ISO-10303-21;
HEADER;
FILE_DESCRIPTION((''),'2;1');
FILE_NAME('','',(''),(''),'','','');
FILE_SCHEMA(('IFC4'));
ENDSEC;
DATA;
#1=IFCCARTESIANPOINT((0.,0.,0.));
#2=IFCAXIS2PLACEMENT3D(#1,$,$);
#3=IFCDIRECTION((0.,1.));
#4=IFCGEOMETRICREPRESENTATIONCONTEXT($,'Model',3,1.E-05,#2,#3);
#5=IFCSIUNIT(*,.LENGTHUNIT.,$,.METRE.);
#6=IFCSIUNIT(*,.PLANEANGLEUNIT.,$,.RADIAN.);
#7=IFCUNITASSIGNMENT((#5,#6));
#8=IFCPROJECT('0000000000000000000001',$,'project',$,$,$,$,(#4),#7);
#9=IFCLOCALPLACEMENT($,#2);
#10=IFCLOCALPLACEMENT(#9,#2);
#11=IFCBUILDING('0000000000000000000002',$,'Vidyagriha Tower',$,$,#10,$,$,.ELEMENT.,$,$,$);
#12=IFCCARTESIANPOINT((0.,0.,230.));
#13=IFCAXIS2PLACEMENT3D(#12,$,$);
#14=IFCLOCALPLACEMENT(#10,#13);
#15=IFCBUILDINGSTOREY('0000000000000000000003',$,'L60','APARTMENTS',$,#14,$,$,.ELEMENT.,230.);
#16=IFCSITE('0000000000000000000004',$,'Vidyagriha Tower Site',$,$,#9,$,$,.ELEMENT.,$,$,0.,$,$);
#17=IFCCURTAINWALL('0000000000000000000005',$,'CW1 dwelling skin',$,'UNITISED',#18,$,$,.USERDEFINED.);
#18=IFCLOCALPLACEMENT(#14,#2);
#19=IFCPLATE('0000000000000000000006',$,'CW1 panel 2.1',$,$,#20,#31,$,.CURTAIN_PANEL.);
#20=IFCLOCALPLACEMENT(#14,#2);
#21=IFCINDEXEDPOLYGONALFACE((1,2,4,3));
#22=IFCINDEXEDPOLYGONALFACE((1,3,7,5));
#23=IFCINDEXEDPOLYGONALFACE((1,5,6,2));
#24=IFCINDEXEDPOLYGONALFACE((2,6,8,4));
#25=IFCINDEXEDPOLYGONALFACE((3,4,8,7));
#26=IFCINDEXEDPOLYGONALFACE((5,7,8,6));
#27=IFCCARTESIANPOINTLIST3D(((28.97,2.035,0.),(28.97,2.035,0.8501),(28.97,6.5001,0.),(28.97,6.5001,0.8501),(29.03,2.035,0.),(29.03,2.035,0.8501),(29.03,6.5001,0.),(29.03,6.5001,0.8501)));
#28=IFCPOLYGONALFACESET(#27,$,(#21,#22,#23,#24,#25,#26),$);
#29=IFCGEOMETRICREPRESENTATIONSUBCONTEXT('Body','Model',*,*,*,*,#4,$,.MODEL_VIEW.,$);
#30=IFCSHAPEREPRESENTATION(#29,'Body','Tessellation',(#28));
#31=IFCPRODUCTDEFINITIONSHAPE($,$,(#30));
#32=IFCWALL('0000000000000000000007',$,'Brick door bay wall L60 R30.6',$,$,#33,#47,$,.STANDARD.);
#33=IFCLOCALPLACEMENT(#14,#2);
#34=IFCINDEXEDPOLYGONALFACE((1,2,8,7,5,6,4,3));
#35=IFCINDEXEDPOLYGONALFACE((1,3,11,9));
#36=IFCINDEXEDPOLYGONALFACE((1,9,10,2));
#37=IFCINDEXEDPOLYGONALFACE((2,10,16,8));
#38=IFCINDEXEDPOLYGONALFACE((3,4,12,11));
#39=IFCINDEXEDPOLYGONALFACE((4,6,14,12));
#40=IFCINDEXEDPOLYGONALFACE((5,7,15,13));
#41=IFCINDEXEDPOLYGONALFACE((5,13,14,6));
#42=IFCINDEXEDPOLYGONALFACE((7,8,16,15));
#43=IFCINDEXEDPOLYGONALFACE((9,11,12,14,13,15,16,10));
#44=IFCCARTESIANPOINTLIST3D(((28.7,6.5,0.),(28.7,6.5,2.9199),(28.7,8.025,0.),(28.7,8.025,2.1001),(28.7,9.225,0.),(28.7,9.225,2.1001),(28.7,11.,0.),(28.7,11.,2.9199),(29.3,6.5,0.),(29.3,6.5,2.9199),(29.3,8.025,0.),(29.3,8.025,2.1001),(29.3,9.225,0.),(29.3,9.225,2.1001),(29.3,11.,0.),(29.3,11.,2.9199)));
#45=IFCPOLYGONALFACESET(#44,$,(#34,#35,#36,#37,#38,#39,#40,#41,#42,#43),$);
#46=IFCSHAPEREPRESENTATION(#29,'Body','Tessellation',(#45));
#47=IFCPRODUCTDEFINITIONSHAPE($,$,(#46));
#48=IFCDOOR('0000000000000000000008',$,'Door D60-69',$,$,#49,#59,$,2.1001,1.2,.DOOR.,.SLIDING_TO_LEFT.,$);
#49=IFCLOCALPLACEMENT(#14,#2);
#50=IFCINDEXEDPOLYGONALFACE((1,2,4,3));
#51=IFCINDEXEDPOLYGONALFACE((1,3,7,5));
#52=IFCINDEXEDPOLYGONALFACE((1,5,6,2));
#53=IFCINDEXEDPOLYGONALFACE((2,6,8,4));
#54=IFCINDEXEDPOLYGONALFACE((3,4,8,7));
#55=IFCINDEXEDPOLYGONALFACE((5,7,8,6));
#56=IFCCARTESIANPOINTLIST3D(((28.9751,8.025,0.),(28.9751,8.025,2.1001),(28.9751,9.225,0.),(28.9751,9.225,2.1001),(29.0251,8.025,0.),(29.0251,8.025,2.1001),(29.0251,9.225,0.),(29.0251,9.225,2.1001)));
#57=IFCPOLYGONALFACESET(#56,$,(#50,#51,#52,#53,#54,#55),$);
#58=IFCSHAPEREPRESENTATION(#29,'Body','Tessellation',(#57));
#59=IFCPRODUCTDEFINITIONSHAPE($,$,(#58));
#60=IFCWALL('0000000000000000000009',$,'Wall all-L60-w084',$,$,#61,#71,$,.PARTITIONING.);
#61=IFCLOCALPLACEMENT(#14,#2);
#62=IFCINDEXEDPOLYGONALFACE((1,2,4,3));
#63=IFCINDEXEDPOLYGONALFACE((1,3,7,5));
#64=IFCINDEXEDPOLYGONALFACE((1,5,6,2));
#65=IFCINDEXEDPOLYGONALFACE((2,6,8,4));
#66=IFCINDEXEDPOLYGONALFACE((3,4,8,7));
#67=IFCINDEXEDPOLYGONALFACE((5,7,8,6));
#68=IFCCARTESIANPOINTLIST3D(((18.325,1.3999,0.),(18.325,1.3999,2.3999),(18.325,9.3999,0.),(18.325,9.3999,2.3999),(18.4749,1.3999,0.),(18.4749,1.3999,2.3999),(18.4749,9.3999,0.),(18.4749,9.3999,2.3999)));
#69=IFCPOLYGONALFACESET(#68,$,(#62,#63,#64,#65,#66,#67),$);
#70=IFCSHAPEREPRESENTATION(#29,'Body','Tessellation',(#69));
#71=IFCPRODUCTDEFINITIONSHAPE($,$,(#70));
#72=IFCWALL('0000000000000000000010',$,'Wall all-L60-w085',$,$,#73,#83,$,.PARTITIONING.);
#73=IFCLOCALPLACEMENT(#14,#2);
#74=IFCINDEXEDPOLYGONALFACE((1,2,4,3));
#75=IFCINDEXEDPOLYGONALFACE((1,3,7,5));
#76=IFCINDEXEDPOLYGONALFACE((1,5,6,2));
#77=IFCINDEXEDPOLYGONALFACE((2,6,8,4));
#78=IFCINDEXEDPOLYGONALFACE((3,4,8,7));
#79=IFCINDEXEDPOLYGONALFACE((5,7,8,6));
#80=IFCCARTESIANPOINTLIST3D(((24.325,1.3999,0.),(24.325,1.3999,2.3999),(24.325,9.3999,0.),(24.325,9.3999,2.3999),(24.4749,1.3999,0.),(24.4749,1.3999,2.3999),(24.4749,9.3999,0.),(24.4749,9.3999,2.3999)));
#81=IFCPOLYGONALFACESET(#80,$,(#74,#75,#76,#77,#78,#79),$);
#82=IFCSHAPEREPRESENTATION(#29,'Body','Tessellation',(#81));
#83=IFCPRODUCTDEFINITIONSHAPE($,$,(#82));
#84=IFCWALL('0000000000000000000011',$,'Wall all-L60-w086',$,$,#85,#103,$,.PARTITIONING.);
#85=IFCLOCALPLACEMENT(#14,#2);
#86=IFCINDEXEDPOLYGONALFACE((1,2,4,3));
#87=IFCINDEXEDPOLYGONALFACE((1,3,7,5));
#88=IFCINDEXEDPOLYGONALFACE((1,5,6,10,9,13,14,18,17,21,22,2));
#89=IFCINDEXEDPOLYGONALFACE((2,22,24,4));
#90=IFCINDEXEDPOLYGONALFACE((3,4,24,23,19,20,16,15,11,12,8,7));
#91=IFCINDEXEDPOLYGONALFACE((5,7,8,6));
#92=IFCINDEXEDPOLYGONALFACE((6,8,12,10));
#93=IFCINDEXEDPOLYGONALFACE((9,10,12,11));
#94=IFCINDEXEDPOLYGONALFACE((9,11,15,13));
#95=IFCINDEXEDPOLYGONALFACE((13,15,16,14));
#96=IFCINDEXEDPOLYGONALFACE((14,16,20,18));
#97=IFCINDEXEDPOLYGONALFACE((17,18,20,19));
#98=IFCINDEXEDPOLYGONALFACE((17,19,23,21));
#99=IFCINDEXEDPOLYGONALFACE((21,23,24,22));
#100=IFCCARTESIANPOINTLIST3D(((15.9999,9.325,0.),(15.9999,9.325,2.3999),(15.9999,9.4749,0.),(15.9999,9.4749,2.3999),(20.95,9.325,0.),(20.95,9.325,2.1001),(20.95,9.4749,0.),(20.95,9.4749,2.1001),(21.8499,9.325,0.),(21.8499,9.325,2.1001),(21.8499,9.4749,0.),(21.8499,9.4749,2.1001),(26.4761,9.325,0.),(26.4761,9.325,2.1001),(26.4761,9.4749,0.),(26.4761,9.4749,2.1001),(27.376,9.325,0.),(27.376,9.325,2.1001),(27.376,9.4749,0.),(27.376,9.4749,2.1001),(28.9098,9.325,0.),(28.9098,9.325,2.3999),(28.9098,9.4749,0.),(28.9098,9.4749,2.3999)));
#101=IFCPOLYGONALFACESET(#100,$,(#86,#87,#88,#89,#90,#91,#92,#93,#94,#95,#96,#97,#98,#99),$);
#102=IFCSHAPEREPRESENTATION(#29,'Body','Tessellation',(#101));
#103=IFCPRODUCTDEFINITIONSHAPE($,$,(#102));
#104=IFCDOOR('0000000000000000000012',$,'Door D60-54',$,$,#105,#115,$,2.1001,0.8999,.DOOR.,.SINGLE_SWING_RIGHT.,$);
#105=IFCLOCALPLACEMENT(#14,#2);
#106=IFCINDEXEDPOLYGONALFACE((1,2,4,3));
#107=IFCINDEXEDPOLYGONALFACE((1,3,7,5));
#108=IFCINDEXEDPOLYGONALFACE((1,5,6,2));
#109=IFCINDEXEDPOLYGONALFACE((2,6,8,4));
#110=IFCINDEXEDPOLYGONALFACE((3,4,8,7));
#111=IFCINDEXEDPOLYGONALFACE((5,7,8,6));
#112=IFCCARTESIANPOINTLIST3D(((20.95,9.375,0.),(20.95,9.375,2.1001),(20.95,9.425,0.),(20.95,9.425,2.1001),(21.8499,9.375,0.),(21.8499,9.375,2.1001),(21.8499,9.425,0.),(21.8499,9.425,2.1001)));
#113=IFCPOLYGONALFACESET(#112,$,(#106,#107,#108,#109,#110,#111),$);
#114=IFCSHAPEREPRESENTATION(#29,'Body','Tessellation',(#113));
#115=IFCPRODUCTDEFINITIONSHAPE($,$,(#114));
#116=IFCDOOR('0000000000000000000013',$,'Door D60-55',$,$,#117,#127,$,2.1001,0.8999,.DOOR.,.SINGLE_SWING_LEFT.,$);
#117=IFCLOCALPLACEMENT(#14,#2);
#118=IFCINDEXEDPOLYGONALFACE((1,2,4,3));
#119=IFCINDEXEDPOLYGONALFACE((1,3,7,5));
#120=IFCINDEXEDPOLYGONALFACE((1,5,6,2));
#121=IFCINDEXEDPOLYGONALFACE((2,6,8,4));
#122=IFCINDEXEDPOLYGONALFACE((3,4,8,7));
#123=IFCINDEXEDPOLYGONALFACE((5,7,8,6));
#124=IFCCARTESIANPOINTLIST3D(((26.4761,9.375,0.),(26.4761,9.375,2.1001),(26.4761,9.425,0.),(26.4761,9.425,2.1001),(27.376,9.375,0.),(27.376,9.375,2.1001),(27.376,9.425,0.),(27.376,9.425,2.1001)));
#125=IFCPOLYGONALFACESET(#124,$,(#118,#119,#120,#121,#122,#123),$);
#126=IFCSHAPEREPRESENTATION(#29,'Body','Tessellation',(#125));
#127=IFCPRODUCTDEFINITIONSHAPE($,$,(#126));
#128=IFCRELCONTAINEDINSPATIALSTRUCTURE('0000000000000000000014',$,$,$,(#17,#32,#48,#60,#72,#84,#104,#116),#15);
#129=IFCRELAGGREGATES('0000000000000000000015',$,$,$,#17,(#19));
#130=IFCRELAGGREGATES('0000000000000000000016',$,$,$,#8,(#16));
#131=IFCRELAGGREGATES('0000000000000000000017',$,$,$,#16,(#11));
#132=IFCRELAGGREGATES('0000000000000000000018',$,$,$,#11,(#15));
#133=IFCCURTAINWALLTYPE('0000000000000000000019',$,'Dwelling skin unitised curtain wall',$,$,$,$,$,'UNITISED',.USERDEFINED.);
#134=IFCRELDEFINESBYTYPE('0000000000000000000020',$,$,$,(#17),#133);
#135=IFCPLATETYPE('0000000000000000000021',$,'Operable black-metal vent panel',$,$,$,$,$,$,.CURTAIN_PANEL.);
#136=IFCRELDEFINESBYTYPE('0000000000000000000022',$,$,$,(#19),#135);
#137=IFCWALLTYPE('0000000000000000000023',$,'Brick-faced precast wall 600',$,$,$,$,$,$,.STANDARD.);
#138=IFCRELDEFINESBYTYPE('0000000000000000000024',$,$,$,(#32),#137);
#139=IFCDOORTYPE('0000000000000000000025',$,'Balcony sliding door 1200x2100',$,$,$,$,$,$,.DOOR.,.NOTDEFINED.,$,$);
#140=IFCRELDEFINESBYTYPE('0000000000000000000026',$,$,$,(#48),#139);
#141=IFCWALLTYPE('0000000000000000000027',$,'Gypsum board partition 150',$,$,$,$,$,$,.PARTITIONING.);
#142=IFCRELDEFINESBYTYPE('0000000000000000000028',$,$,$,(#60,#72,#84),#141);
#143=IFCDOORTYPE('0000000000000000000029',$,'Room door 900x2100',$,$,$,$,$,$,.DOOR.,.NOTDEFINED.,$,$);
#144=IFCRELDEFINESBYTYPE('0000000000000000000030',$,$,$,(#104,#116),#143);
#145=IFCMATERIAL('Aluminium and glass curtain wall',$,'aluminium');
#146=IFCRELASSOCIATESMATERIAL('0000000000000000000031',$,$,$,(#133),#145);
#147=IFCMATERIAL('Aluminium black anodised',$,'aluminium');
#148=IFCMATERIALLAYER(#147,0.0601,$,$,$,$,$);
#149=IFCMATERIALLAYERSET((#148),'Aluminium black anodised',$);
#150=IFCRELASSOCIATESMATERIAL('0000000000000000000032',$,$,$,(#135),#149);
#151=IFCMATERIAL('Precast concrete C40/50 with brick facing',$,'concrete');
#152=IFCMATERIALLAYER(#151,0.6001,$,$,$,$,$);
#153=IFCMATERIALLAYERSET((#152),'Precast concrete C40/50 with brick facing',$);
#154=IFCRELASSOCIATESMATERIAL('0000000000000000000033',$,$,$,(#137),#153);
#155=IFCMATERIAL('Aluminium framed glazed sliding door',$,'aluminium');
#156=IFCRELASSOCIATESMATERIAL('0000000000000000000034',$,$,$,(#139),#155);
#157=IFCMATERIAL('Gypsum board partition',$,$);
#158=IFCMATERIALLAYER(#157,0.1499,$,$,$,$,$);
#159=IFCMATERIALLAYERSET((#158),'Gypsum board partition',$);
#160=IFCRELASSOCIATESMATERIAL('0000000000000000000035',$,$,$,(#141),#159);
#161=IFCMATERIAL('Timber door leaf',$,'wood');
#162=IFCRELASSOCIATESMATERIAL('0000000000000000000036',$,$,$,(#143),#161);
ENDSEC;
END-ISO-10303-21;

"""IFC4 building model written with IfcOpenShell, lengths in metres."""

from ifc_helpers import new_model, si_unit, direction, frame, frame_2d, origin, origin_2d, place, context, subcontext, project, spatial, rectangle, extrude, material, layer, layer_set, type_object, element, fill, aggregate, save


model = new_model("IFC4")

# Units and contexts
model_context = context("Model", 3, precision=1e-05, world=origin(), true_north=direction((0.0, 1.0)))
body_context = subcontext(model_context, "Body", "Model", "MODEL_VIEW")
ifc_project = project(units=[si_unit("LENGTHUNIT", "METRE"), si_unit("PLANEANGLEUNIT", "RADIAN")], contexts=[model_context])

# Site, building, storey
site_placement = place(None, origin())
site = spatial("IfcSite", under=ifc_project, at=site_placement, Name="Vidyagriha Tower Site", CompositionType="ELEMENT", RefElevation=0.0)
building_placement = place(site_placement, origin())
building = spatial("IfcBuilding", under=site, at=building_placement, Name="Vidyagriha Tower", CompositionType="ELEMENT")
storey_placement = place(building_placement, frame((0.0, 0.0, 230.0)))
storey = spatial("IfcBuildingStorey", under=building, at=storey_placement, Name="L60", Description="APARTMENTS", CompositionType="ELEMENT", Elevation=230.0)

# Curtain wall
ifc_material_1 = material(Name="Aluminium and glass curtain wall", Category="aluminium")
curtain_wall_type = type_object("IfcCurtainWallType", Name="Dwelling skin unitised curtain wall", ElementType="UNITISED", PredefinedType="USERDEFINED", material=ifc_material_1)
curtain_wall_1_placement = place(storey_placement, origin())
curtain_wall_1 = element("IfcCurtainWall", 1, at=curtain_wall_1_placement, inside=storey, type_object=curtain_wall_type, Name="CW1 dwelling skin", ObjectType="UNITISED", PredefinedType="USERDEFINED")

# Plate
ifc_material_2 = material(Name="Aluminium black anodised", Category="aluminium")
ifc_layer_1 = layer(ifc_material_2, 0.0601)
ifc_layer_set_1 = layer_set([ifc_layer_1], Name="Aluminium black anodised")
plate_type_1 = type_object("IfcPlateType", Name="Operable black-metal vent panel", PredefinedType="CURTAIN_PANEL", material=ifc_layer_set_1)
plate_1_placement = place(storey_placement, frame((29.0, 4.2676, 0.0), z_axis=(0.0, 0.0, 1.0), x_axis=(0.0, 1.0, 0.0)))
plate_1 = element("IfcPlate", 2, at=plate_1_placement, type_object=plate_type_1, Name="CW1 panel 2.1", PredefinedType="CURTAIN_PANEL", context=body_context, shape_type="SweptSolid", body=[
    extrude(rectangle(XDim=4.4651, YDim=0.0601, at=origin_2d()), origin(), (0.0, 0.0, 1.0), 0.8501),
])
aggregate(curtain_wall_1, [plate_1])

# Wall, opening, door
ifc_material_3 = material(Name="Precast concrete C40/50 with brick facing", Category="concrete")
ifc_layer_2 = layer(ifc_material_3, 0.6001)
ifc_layer_set_2 = layer_set([ifc_layer_2], Name="Precast concrete C40/50 with brick facing")
wall_type_1 = type_object("IfcWallType", Name="Brick-faced precast wall 600", PredefinedType="STANDARD", material=ifc_layer_set_2)
wall_1_placement = place(storey_placement, frame((29.0, 6.5, 0.0), z_axis=(0.0, 0.0, 1.0), x_axis=(0.0, 1.0, 0.0)))
wall_1 = element("IfcWall", 3, at=wall_1_placement, inside=storey, type_object=wall_type_1, Name="Brick door bay wall L60 R30.6", PredefinedType="STANDARD", context=body_context, shape_type="SweptSolid", body=[
    extrude(rectangle(XDim=4.5, YDim=0.6001, at=frame_2d((2.25, 0.0))), origin(), (0.0, 0.0, 1.0), 2.9199),
])
opening_1_placement = place(wall_1_placement, frame((1.5249, 0.0, 0.0)))
opening_1 = element("IfcOpeningElement", 4, at=opening_1_placement, cuts=wall_1, PredefinedType="OPENING", context=body_context, shape_type="SweptSolid", body=[
    extrude(rectangle(XDim=1.2, YDim=2.1001, at=frame_2d((0.6001, 1.05))), frame((0.0, 0.3101, 0.0), z_axis=(0.0, -1.0, 0.0), x_axis=(1.0, 0.0, 0.0)), (0.0, 0.0, 1.0), 0.6201),
])
ifc_material_4 = material(Name="Aluminium framed glazed sliding door", Category="aluminium")
door_type_1 = type_object("IfcDoorType", Name="Balcony sliding door 1200x2100", OperationType="NOTDEFINED", PredefinedType="DOOR", material=ifc_material_4)
door_1_placement = place(opening_1_placement, origin())
door_1 = element("IfcDoor", 5, at=door_1_placement, inside=storey, type_object=door_type_1, Name="Door D60-69", OperationType="SLIDING_TO_LEFT", OverallHeight=2.1001, OverallWidth=1.2, PredefinedType="DOOR", context=body_context, shape_type="SweptSolid", body=[
    extrude(rectangle(XDim=1.2, YDim=2.1001, at=frame_2d((0.6001, 1.05))), frame((0.0, 0.0249, 0.0), z_axis=(0.0, -1.0, 0.0), x_axis=(1.0, 0.0, 0.0)), (0.0, 0.0, 1.0), 0.05),
])
fill(opening_1, door_1)

# Walls
ifc_material_5 = material(Name="Gypsum board partition")
ifc_layer_3 = layer(ifc_material_5, 0.1499)
ifc_layer_set_3 = layer_set([ifc_layer_3], Name="Gypsum board partition")
wall_type_2 = type_object("IfcWallType", Name="Gypsum board partition 150", PredefinedType="PARTITIONING", material=ifc_layer_set_3)
for number, where, z_axis, x_axis, name in (
    (6, (18.3999, 9.3999, 0.0), (0.0, 0.0, 1.0), (0.0, -1.0, 0.0), "Wall all-L60-w084"),
    (7, (24.3999, 9.3999, 0.0), (0.0, 0.0, 1.0), (0.0, -1.0, 0.0), "Wall all-L60-w085"),
):
    element("IfcWall", number, at=place(storey_placement, frame(where, z_axis=z_axis, x_axis=x_axis)), inside=storey, type_object=wall_type_2, Name=name, PredefinedType="PARTITIONING", context=body_context, shape_type="SweptSolid", body=[
        extrude(rectangle(XDim=8.0, YDim=0.1499, at=frame_2d((4.0, 0.0))), origin(), (0.0, 0.0, 1.0), 2.3999),
    ])

# Wall, openings, doors
wall_2_placement = place(storey_placement, frame((28.9099, 9.3999, 0.0), z_axis=(0.0, 0.0, 1.0), x_axis=(-1.0, 0.0, 0.0)))
wall_2 = element("IfcWall", 8, at=wall_2_placement, inside=storey, type_object=wall_type_2, Name="Wall all-L60-w086", PredefinedType="PARTITIONING", context=body_context, shape_type="SweptSolid", body=[
    extrude(rectangle(XDim=12.9099, YDim=0.1499, at=frame_2d((6.4551, 0.0))), origin(), (0.0, 0.0, 1.0), 2.3999),
])
opening_2_placement = place(wall_2_placement, frame((7.0601, 0.0, 0.0)))
opening_2 = element("IfcOpeningElement", 9, at=opening_2_placement, cuts=wall_2, PredefinedType="OPENING", context=body_context, shape_type="SweptSolid", body=[
    extrude(rectangle(XDim=0.8999, YDim=2.1001, at=frame_2d((0.45, 1.05))), frame((0.0, 0.085, 0.0), z_axis=(0.0, -1.0, 0.0), x_axis=(1.0, 0.0, 0.0)), (0.0, 0.0, 1.0), 0.1699),
])
opening_3_placement = place(wall_2_placement, frame((1.5339, 0.0, 0.0)))
opening_3 = element("IfcOpeningElement", 10, at=opening_3_placement, cuts=wall_2, PredefinedType="OPENING", context=body_context, shape_type="SweptSolid", body=[
    extrude(rectangle(XDim=0.8999, YDim=2.1001, at=frame_2d((0.45, 1.05))), frame((0.0, 0.085, 0.0), z_axis=(0.0, -1.0, 0.0), x_axis=(1.0, 0.0, 0.0)), (0.0, 0.0, 1.0), 0.1699),
])
ifc_material_6 = material(Name="Timber door leaf", Category="wood")
door_type_2 = type_object("IfcDoorType", Name="Room door 900x2100", OperationType="NOTDEFINED", PredefinedType="DOOR", material=ifc_material_6)
door_2_placement = place(opening_2_placement, origin())
door_2 = element("IfcDoor", 11, at=door_2_placement, inside=storey, type_object=door_type_2, Name="Door D60-54", OperationType="SINGLE_SWING_RIGHT", OverallHeight=2.1001, OverallWidth=0.8999, PredefinedType="DOOR", context=body_context, shape_type="SweptSolid", body=[
    extrude(rectangle(XDim=0.8999, YDim=2.1001, at=frame_2d((0.45, 1.05))), frame((0.0, 0.0249, 0.0), z_axis=(0.0, -1.0, 0.0), x_axis=(1.0, 0.0, 0.0)), (0.0, 0.0, 1.0), 0.05),
])
fill(opening_2, door_2)
door_3_placement = place(opening_3_placement, origin())
door_3 = element("IfcDoor", 12, at=door_3_placement, inside=storey, type_object=door_type_2, Name="Door D60-55", OperationType="SINGLE_SWING_LEFT", OverallHeight=2.1001, OverallWidth=0.8999, PredefinedType="DOOR", context=body_context, shape_type="SweptSolid", body=[
    extrude(rectangle(XDim=0.8999, YDim=2.1001, at=frame_2d((0.45, 1.05))), frame((0.0, 0.0249, 0.0), z_axis=(0.0, -1.0, 0.0), x_axis=(1.0, 0.0, 0.0)), (0.0, 0.0, 1.0), 0.05),
])
fill(opening_3, door_3)

save(model, "model.ifc")
